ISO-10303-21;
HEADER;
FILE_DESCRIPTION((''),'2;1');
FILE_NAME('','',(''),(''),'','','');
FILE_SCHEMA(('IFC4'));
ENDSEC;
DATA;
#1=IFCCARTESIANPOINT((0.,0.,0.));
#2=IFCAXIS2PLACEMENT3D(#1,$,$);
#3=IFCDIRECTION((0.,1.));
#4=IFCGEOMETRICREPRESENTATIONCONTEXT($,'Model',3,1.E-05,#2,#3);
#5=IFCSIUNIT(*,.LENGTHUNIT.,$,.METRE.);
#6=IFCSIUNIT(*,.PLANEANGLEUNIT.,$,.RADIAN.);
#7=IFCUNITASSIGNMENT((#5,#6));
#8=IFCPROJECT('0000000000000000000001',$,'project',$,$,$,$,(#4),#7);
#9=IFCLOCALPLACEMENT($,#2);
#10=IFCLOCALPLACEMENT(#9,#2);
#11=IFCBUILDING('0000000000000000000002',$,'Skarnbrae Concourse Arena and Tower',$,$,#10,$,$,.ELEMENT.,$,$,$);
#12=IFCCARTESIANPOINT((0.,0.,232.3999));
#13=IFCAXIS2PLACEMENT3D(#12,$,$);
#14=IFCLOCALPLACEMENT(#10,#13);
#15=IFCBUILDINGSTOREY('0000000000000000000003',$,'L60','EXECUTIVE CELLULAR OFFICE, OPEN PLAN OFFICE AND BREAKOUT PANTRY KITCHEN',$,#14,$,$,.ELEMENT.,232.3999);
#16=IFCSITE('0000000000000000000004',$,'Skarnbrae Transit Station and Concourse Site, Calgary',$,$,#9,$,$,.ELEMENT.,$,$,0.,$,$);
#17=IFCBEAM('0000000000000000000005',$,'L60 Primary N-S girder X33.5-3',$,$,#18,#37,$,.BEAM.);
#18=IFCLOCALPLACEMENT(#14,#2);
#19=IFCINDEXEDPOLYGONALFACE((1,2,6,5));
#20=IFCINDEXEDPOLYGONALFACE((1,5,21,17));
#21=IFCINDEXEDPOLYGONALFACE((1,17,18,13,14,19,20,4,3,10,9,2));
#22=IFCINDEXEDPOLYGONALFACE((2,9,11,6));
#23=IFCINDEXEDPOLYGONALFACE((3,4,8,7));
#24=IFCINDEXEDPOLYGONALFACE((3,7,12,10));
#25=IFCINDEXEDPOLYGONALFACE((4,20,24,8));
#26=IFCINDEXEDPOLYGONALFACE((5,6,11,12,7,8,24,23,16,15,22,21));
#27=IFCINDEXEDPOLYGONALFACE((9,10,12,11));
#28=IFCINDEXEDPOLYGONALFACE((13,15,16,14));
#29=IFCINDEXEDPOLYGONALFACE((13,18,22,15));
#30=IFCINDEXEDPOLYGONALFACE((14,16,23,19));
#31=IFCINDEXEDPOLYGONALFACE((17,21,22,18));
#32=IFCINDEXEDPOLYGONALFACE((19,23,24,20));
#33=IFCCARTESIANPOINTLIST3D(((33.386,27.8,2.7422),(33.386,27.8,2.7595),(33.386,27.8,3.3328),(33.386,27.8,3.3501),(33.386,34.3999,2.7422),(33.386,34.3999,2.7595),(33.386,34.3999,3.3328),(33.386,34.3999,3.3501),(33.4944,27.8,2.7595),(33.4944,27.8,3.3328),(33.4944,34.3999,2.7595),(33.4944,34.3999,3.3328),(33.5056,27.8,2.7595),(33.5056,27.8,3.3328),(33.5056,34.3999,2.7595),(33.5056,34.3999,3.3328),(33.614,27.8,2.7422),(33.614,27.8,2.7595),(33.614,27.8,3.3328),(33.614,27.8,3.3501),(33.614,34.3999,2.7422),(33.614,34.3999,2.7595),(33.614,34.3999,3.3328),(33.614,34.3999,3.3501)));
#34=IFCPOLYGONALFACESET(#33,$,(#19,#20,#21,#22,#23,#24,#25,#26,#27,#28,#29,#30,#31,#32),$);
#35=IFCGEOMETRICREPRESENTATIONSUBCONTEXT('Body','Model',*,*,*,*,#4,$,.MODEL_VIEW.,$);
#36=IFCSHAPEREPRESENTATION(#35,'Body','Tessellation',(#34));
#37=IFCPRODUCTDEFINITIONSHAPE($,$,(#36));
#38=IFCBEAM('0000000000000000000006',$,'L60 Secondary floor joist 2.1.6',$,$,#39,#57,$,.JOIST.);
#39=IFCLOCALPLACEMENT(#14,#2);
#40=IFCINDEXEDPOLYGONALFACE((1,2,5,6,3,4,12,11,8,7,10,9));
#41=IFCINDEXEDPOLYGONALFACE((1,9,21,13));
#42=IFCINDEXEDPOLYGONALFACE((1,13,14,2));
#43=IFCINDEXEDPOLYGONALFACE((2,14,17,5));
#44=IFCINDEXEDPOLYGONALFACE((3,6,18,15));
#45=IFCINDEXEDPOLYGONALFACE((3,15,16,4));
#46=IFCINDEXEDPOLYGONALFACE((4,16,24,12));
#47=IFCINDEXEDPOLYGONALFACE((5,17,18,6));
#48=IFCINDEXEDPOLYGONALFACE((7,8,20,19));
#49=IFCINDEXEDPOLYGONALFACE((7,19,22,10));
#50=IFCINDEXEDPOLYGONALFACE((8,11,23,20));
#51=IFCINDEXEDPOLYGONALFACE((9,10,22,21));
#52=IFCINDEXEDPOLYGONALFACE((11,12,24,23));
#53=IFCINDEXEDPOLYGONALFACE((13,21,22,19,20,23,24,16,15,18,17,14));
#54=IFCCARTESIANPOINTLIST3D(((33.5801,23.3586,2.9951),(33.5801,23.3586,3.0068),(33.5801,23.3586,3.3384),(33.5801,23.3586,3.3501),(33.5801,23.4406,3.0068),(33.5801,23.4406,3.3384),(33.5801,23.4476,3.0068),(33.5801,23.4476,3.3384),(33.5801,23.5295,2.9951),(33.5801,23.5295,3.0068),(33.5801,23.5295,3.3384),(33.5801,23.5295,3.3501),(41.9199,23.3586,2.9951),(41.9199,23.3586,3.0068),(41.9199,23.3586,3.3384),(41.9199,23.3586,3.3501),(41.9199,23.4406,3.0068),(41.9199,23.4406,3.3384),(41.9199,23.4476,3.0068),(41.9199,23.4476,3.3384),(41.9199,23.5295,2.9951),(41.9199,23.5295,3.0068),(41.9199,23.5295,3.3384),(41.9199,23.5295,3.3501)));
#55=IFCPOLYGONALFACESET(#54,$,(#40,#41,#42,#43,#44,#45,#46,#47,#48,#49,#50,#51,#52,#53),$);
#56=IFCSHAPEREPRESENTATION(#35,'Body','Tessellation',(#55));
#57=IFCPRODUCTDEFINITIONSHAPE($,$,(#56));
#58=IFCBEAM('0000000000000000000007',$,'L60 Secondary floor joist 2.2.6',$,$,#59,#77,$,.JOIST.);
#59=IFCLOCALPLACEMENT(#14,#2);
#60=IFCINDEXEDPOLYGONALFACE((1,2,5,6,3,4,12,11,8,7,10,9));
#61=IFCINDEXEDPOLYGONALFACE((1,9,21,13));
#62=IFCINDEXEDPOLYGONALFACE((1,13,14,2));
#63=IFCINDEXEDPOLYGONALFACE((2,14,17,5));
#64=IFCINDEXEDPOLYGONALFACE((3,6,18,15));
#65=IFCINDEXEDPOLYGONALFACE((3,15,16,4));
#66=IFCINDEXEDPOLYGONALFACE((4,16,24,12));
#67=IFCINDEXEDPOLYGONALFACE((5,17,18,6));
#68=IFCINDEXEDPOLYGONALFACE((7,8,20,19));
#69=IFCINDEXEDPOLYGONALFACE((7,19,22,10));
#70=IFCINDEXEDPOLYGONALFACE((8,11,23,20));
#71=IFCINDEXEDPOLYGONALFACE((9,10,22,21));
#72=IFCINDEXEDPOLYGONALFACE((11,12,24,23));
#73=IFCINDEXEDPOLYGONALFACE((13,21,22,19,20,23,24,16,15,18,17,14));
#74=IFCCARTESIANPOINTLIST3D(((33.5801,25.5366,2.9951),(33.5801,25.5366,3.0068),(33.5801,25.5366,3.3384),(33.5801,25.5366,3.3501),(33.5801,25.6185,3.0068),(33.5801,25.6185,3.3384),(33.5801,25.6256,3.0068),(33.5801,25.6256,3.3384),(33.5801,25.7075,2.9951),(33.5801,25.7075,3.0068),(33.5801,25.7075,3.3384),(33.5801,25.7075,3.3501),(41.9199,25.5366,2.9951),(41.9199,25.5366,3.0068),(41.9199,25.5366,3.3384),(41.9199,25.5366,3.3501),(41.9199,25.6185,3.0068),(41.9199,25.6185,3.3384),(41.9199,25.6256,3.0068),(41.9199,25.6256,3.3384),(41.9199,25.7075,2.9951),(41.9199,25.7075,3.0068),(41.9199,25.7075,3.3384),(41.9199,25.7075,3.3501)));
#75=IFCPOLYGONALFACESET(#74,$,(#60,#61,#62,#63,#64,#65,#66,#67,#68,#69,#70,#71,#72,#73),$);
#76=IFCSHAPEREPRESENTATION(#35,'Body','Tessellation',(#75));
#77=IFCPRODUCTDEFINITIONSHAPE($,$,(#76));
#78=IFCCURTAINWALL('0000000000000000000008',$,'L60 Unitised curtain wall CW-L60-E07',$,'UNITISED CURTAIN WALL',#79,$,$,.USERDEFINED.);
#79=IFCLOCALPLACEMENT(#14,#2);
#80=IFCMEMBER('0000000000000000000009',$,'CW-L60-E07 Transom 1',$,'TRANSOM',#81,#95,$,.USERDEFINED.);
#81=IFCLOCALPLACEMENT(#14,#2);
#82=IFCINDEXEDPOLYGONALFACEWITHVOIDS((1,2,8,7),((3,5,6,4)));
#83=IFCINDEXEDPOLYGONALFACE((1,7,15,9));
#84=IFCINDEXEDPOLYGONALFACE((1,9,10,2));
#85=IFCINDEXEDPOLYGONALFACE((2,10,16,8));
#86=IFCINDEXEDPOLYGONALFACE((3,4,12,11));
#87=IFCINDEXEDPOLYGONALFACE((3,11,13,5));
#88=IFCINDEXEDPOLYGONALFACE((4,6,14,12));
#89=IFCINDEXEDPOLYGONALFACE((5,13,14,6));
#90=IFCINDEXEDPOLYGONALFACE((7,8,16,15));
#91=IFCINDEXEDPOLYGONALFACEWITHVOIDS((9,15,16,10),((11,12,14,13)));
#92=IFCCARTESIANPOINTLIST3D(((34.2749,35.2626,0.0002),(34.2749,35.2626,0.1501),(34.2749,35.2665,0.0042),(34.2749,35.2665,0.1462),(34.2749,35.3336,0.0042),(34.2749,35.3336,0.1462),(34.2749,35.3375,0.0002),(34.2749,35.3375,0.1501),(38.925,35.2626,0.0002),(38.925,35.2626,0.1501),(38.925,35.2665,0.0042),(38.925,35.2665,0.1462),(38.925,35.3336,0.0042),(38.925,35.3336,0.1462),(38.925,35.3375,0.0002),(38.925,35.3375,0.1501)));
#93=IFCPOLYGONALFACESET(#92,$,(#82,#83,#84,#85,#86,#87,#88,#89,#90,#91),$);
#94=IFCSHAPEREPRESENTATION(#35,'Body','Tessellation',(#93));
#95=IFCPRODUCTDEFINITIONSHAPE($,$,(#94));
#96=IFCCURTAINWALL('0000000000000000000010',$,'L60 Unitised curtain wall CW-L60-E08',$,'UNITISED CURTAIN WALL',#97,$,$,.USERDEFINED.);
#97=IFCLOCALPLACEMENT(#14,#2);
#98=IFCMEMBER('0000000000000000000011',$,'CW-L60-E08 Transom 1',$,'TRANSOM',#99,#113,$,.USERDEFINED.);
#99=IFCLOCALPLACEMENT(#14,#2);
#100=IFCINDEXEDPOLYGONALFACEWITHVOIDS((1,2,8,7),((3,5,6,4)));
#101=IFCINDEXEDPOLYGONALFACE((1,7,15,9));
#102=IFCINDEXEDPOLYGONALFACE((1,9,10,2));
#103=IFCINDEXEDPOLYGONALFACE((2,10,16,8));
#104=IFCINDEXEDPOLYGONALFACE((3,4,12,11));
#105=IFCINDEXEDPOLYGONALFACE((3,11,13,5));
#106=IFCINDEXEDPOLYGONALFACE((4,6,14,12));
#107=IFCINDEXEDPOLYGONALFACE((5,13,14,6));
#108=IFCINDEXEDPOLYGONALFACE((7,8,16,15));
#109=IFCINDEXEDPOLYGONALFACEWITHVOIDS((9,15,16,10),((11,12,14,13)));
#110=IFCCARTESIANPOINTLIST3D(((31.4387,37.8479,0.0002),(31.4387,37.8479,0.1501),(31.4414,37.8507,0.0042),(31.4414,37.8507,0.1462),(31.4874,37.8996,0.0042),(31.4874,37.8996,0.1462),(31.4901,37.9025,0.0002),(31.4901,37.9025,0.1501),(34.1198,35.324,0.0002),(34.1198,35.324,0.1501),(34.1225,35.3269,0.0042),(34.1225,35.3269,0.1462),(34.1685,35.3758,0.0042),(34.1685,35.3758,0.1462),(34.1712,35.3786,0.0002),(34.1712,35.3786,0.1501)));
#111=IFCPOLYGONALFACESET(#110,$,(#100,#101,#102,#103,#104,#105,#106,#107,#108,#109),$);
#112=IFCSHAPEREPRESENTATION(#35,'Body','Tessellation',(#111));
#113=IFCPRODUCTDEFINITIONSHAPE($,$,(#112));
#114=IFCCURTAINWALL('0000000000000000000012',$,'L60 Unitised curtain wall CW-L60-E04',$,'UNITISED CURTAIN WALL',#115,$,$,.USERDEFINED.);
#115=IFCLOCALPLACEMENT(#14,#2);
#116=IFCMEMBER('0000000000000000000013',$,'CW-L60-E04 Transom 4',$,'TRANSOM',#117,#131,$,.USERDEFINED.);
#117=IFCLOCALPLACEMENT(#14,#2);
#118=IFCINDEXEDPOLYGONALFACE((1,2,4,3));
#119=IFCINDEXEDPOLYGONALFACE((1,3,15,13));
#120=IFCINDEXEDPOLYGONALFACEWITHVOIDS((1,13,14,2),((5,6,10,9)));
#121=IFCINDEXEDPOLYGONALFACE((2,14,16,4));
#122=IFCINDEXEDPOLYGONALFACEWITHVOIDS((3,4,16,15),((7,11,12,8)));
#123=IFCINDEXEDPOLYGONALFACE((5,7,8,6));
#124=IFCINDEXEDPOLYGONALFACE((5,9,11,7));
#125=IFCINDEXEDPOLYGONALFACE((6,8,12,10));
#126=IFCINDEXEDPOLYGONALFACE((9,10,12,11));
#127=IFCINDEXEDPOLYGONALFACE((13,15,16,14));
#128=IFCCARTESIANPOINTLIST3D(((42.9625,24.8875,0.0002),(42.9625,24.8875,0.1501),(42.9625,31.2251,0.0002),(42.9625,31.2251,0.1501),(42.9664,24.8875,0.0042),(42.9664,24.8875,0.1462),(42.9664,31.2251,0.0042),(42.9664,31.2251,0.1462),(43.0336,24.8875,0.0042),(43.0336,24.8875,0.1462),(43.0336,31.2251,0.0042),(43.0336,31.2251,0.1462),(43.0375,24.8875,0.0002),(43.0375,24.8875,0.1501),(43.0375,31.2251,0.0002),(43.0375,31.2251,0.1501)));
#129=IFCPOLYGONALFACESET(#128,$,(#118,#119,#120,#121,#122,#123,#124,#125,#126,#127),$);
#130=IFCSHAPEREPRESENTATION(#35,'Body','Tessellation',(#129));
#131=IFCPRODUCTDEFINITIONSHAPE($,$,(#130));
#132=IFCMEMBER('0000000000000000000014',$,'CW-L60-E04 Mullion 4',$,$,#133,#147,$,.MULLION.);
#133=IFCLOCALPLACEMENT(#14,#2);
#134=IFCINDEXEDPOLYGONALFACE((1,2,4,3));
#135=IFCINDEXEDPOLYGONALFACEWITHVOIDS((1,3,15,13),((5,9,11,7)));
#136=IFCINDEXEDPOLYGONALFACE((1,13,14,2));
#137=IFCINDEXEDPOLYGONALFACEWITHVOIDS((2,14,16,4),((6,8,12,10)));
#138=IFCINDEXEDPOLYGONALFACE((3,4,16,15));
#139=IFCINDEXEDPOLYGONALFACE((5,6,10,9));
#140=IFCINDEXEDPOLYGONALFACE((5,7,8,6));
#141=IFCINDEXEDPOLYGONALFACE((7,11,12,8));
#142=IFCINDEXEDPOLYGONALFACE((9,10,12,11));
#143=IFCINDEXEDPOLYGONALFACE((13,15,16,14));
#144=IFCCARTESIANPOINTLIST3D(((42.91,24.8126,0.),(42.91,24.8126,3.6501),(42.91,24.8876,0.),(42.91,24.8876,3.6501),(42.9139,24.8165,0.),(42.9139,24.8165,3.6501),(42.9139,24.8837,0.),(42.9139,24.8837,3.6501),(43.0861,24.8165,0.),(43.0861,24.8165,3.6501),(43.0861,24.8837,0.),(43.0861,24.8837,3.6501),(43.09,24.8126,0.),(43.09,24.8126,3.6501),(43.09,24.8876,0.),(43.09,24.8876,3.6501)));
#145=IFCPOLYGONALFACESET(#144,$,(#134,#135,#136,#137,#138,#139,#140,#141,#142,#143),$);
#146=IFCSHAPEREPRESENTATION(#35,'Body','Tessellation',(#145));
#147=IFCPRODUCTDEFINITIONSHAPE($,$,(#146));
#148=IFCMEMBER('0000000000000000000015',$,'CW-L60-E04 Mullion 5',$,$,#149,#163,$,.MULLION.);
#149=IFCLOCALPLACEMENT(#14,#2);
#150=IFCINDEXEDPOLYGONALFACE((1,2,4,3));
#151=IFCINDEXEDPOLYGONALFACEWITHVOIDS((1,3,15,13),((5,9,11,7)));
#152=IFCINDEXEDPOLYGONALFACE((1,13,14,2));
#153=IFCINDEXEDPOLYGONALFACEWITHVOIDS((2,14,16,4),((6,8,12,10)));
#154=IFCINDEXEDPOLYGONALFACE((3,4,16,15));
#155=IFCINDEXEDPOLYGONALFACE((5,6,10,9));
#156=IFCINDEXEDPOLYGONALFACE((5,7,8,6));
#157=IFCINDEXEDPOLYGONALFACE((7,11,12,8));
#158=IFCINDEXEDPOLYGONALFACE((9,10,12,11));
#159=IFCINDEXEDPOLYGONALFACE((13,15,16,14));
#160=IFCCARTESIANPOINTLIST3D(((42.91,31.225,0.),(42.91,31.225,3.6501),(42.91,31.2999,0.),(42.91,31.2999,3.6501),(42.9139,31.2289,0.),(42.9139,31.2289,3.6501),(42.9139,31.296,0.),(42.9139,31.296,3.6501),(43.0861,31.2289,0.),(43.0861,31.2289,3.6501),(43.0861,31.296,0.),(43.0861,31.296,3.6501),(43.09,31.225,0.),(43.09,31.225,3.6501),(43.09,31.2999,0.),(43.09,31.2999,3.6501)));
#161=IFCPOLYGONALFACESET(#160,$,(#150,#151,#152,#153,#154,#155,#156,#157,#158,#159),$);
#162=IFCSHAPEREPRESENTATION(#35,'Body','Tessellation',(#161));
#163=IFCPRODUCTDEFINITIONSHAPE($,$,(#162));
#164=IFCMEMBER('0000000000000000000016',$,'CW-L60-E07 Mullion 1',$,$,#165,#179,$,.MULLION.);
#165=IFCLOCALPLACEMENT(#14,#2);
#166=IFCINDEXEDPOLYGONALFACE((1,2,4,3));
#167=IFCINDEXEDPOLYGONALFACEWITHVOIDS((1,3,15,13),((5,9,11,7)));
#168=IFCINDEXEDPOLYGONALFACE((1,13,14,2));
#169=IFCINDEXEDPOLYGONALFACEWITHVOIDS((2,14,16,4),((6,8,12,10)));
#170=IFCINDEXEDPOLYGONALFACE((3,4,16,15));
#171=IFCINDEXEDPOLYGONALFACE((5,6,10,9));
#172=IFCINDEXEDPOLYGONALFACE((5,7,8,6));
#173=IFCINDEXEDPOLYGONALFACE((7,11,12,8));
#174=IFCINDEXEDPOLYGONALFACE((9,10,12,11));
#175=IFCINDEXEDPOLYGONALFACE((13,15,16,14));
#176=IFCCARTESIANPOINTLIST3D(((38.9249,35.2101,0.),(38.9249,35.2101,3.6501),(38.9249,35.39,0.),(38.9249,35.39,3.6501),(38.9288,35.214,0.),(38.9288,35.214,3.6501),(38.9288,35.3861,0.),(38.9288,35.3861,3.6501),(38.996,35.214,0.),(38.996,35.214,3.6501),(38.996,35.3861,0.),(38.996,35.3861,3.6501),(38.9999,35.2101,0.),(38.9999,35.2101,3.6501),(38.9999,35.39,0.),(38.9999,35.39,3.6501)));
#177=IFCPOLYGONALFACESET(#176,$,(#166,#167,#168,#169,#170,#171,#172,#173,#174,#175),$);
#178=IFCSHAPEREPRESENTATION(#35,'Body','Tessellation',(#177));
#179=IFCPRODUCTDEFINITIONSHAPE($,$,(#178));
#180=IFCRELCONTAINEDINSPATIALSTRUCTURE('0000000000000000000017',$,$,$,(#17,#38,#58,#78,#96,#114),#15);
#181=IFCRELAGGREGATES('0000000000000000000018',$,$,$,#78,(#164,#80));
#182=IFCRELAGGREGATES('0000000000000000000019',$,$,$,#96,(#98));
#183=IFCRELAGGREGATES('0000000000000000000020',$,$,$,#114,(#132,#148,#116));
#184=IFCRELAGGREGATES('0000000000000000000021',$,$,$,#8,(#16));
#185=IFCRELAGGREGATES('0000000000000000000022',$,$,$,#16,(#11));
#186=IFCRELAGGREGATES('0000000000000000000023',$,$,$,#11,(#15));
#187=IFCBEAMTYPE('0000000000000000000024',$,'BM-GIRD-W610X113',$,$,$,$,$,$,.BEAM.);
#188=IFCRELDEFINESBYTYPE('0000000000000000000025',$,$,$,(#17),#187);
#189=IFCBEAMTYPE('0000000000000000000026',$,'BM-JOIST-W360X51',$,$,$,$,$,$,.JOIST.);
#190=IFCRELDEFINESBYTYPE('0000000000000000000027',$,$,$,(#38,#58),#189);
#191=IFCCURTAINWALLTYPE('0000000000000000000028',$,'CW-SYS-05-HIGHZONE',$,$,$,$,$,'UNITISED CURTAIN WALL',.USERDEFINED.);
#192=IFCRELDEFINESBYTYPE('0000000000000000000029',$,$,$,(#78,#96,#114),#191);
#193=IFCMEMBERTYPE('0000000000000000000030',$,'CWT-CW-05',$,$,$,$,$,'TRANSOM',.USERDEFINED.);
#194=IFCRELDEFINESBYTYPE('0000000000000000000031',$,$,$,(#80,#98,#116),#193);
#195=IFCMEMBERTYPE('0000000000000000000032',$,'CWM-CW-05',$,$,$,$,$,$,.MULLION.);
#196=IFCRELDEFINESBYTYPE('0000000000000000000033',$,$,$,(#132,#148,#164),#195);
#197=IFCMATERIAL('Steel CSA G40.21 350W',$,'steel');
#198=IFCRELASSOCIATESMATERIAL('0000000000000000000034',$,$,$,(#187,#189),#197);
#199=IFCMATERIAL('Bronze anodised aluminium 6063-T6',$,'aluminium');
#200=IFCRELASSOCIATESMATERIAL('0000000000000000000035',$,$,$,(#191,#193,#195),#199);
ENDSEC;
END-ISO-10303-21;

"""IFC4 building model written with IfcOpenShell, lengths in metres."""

from ifc_helpers import new_model, si_unit, direction, frame, origin, origin_2d, place, context, subcontext, project, spatial, hollow_rectangle, i_section, extrude, source, transform, mapped, material, material_profile, profile_set, type_object, element, aggregate, save


model = new_model("IFC4")

# Units and contexts
model_context = context("Model", 3, precision=1e-05, world=origin(), true_north=direction((0.0, 1.0)))
body_context = subcontext(model_context, "Body", "Model", "MODEL_VIEW")
ifc_project = project(units=[si_unit("LENGTHUNIT", "METRE"), si_unit("PLANEANGLEUNIT", "RADIAN")], contexts=[model_context])

# Site, building, storey
site_placement = place(None, origin())
site = spatial("IfcSite", under=ifc_project, at=site_placement, Name="Skarnbrae Transit Station and Concourse Site, Calgary", CompositionType="ELEMENT", RefElevation=0.0)
building_placement = place(site_placement, origin())
building = spatial("IfcBuilding", under=site, at=building_placement, Name="Skarnbrae Concourse Arena and Tower", CompositionType="ELEMENT")
storey_placement = place(building_placement, frame((0.0, 0.0, 232.3999)))
storey = spatial("IfcBuildingStorey", under=building, at=storey_placement, Name="L60", Description="EXECUTIVE CELLULAR OFFICE, OPEN PLAN OFFICE AND BREAKOUT PANTRY KITCHEN", CompositionType="ELEMENT", Elevation=232.3999)

# Shared definitions
ifc_material_1 = material(Name="Steel CSA G40.21 350W", Category="steel")

# Beams
ifc_material_profile_1 = material_profile(ifc_material_1, i_section(OverallWidth=0.228, OverallDepth=0.6079, WebThickness=0.0112, FlangeThickness=0.0173, at=origin_2d()), Name="W610X113")
ifc_profile_set_1 = profile_set([ifc_material_profile_1], Name="Steel CSA G40.21 350W")
beam_type_1 = type_object("IfcBeamType", Name="BM-GIRD-W610X113", PredefinedType="BEAM", material=ifc_profile_set_1)
shared_shape_1 = source(origin(), body_context, "Body", "SweptSolid", [
    extrude(i_section(OverallWidth=0.228, OverallDepth=0.6079, WebThickness=0.0112, FlangeThickness=0.0173, at=origin_2d()), origin(), (0.0, 0.0, 1.0), 6.5999),
])
beam_1_placement = place(storey_placement, frame((33.5, 27.8, 3.0461), z_axis=(0.0, 1.0, 0.0), x_axis=(-1.0, 0.0, 0.0)))
element("IfcBeam", 1, at=beam_1_placement, inside=storey, type_object=beam_type_1, Name="L60 Primary N-S girder X33.5-3", PredefinedType="BEAM", context=body_context, shape_type="MappedRepresentation", body=[
    mapped(shared_shape_1, transform((0.0, 0.0, 0.0))),
])
ifc_material_profile_2 = material_profile(ifc_material_1, i_section(OverallWidth=0.1709, OverallDepth=0.355, WebThickness=0.0071, FlangeThickness=0.0117, at=origin_2d()), Name="W360X51")
ifc_profile_set_2 = profile_set([ifc_material_profile_2], Name="Steel CSA G40.21 350W")
beam_type_2 = type_object("IfcBeamType", Name="BM-JOIST-W360X51", PredefinedType="JOIST", material=ifc_profile_set_2)
shared_shape_2 = source(origin(), body_context, "Body", "SweptSolid", [
    extrude(i_section(OverallWidth=0.1709, OverallDepth=0.355, WebThickness=0.0071, FlangeThickness=0.0117, at=origin_2d()), origin(), (0.0, 0.0, 1.0), 8.3398),
])
for number, where, z_axis, x_axis, name in (
    (2, (33.5801, 23.4441, 3.1726), (1.0, 0.0, 0.0), (0.0, 1.0, 0.0), "L60 Secondary floor joist 2.1.6"),
    (3, (33.5801, 25.6221, 3.1726), (1.0, 0.0, 0.0), (0.0, 1.0, 0.0), "L60 Secondary floor joist 2.2.6"),
):
    element("IfcBeam", number, at=place(storey_placement, frame(where, z_axis=z_axis, x_axis=x_axis)), inside=storey, type_object=beam_type_2, Name=name, PredefinedType="JOIST", context=body_context, shape_type="MappedRepresentation", body=[
        mapped(shared_shape_2, transform((0.0, 0.0, 0.0))),
    ])

# Curtain walls, members
ifc_material_2 = material(Name="Bronze anodised aluminium 6063-T6", Category="aluminium")
curtain_wall_type = type_object("IfcCurtainWallType", Name="CW-SYS-05-HIGHZONE", ElementType="UNITISED CURTAIN WALL", PredefinedType="USERDEFINED", material=ifc_material_2)
curtain_wall_1_placement = place(storey_placement, origin())
curtain_wall_1 = element("IfcCurtainWall", 4, at=curtain_wall_1_placement, inside=storey, type_object=curtain_wall_type, Name="L60 Unitised curtain wall CW-L60-E07", ObjectType="UNITISED CURTAIN WALL", PredefinedType="USERDEFINED")
ifc_material_profile_3 = material_profile(ifc_material_2, hollow_rectangle(XDim=0.075, YDim=0.1499, WallThickness=0.0039, at=origin_2d()), Name="ALU-TRAN-75X150")
ifc_profile_set_3 = profile_set([ifc_material_profile_3], Name="Bronze anodised aluminium 6063-T6")
member_type_1 = type_object("IfcMemberType", Name="CWT-CW-05", ElementType="TRANSOM", PredefinedType="USERDEFINED", material=ifc_profile_set_3)
shared_shape_3 = source(origin(), body_context, "Body", "SweptSolid", [
    extrude(hollow_rectangle(XDim=0.075, YDim=0.1499, WallThickness=0.0039, at=origin_2d()), origin(), (0.0, 0.0, 1.0), 4.6501),
])
member_1_placement = place(storey_placement, frame((38.925, 35.3, 0.0752), z_axis=(-1.0, 0.0, 0.0), x_axis=(0.0, -1.0, 0.0)))
member_1 = element("IfcMember", 5, at=member_1_placement, type_object=member_type_1, Name="CW-L60-E07 Transom 1", ObjectType="TRANSOM", PredefinedType="USERDEFINED", context=body_context, shape_type="MappedRepresentation", body=[
    mapped(shared_shape_3, transform((0.0, 0.0, 0.0))),
])
curtain_wall_2_placement = place(storey_placement, origin())
curtain_wall_2 = element("IfcCurtainWall", 6, at=curtain_wall_2_placement, inside=storey, type_object=curtain_wall_type, Name="L60 Unitised curtain wall CW-L60-E08", ObjectType="UNITISED CURTAIN WALL", PredefinedType="USERDEFINED")
shared_shape_4 = source(origin(), body_context, "Body", "SweptSolid", [
    extrude(hollow_rectangle(XDim=0.075, YDim=0.1499, WallThickness=0.0039, at=origin_2d()), origin(), (0.0, 0.0, 1.0), 3.6821),
])
member_2_placement = place(storey_placement, frame((34.1455, 35.3513, 0.0752), z_axis=(-0.728134, 0.685435, 0.0), x_axis=(-0.685435, -0.728134, 0.0)))
member_2 = element("IfcMember", 7, at=member_2_placement, type_object=member_type_1, Name="CW-L60-E08 Transom 1", ObjectType="TRANSOM", PredefinedType="USERDEFINED", context=body_context, shape_type="MappedRepresentation", body=[
    mapped(shared_shape_4, transform((0.0, 0.0, 0.0))),
])

# Curtain wall, members
curtain_wall_3_placement = place(storey_placement, origin())
curtain_wall_3 = element("IfcCurtainWall", 8, at=curtain_wall_3_placement, inside=storey, type_object=curtain_wall_type, Name="L60 Unitised curtain wall CW-L60-E04", ObjectType="UNITISED CURTAIN WALL", PredefinedType="USERDEFINED")
shared_shape_5 = source(origin(), body_context, "Body", "SweptSolid", [
    extrude(hollow_rectangle(XDim=0.075, YDim=0.1499, WallThickness=0.0039, at=origin_2d()), origin(), (0.0, 0.0, 1.0), 6.3376),
])
member_3_placement = place(storey_placement, frame((43.0, 24.8875, 0.0752), z_axis=(0.0, 1.0, 0.0), x_axis=(-1.0, 0.0, 0.0)))
member_3 = element("IfcMember", 9, at=member_3_placement, type_object=member_type_1, Name="CW-L60-E04 Transom 4", ObjectType="TRANSOM", PredefinedType="USERDEFINED", context=body_context, shape_type="MappedRepresentation", body=[
    mapped(shared_shape_5, transform((0.0, 0.0, 0.0))),
])
ifc_material_profile_4 = material_profile(ifc_material_2, hollow_rectangle(XDim=0.075, YDim=0.1799, WallThickness=0.0039, at=origin_2d()), Name="ALU-MULL-75X180")
ifc_profile_set_4 = profile_set([ifc_material_profile_4], Name="Bronze anodised aluminium 6063-T6")
member_type_2 = type_object("IfcMemberType", Name="CWM-CW-05", PredefinedType="MULLION", material=ifc_profile_set_4)
shared_shape_6 = source(origin(), body_context, "Body", "SweptSolid", [
    extrude(hollow_rectangle(XDim=0.075, YDim=0.1799, WallThickness=0.0039, at=origin_2d()), origin(), (0.0, 0.0, 1.0), 3.6501),
])
member_4_placement = place(storey_placement, frame((43.0, 24.8501, 0.0), z_axis=(0.0, 0.0, 1.0), x_axis=(0.0, 1.0, 0.0)))
member_4 = element("IfcMember", 10, at=member_4_placement, type_object=member_type_2, Name="CW-L60-E04 Mullion 4", PredefinedType="MULLION", context=body_context, shape_type="MappedRepresentation", body=[
    mapped(shared_shape_6, transform((0.0, 0.0, 0.0))),
])
member_5_placement = place(storey_placement, frame((43.0, 31.2625, 0.0), z_axis=(0.0, 0.0, 1.0), x_axis=(0.0, 1.0, 0.0)))
member_5 = element("IfcMember", 11, at=member_5_placement, type_object=member_type_2, Name="CW-L60-E04 Mullion 5", PredefinedType="MULLION", context=body_context, shape_type="MappedRepresentation", body=[
    mapped(shared_shape_6, transform((0.0, 0.0, 0.0))),
])

# Member
member_6_placement = place(storey_placement, frame((38.9624, 35.3, 0.0), z_axis=(0.0, 0.0, 1.0), x_axis=(-1.0, 0.0, 0.0)))
member_6 = element("IfcMember", 12, at=member_6_placement, type_object=member_type_2, Name="CW-L60-E07 Mullion 1", PredefinedType="MULLION", context=body_context, shape_type="MappedRepresentation", body=[
    mapped(shared_shape_6, transform((0.0, 0.0, 0.0))),
])

aggregate(curtain_wall_1, [member_6, member_1])
aggregate(curtain_wall_2, [member_2])
aggregate(curtain_wall_3, [member_4, member_5, member_3])

save(model, "model.ifc")
